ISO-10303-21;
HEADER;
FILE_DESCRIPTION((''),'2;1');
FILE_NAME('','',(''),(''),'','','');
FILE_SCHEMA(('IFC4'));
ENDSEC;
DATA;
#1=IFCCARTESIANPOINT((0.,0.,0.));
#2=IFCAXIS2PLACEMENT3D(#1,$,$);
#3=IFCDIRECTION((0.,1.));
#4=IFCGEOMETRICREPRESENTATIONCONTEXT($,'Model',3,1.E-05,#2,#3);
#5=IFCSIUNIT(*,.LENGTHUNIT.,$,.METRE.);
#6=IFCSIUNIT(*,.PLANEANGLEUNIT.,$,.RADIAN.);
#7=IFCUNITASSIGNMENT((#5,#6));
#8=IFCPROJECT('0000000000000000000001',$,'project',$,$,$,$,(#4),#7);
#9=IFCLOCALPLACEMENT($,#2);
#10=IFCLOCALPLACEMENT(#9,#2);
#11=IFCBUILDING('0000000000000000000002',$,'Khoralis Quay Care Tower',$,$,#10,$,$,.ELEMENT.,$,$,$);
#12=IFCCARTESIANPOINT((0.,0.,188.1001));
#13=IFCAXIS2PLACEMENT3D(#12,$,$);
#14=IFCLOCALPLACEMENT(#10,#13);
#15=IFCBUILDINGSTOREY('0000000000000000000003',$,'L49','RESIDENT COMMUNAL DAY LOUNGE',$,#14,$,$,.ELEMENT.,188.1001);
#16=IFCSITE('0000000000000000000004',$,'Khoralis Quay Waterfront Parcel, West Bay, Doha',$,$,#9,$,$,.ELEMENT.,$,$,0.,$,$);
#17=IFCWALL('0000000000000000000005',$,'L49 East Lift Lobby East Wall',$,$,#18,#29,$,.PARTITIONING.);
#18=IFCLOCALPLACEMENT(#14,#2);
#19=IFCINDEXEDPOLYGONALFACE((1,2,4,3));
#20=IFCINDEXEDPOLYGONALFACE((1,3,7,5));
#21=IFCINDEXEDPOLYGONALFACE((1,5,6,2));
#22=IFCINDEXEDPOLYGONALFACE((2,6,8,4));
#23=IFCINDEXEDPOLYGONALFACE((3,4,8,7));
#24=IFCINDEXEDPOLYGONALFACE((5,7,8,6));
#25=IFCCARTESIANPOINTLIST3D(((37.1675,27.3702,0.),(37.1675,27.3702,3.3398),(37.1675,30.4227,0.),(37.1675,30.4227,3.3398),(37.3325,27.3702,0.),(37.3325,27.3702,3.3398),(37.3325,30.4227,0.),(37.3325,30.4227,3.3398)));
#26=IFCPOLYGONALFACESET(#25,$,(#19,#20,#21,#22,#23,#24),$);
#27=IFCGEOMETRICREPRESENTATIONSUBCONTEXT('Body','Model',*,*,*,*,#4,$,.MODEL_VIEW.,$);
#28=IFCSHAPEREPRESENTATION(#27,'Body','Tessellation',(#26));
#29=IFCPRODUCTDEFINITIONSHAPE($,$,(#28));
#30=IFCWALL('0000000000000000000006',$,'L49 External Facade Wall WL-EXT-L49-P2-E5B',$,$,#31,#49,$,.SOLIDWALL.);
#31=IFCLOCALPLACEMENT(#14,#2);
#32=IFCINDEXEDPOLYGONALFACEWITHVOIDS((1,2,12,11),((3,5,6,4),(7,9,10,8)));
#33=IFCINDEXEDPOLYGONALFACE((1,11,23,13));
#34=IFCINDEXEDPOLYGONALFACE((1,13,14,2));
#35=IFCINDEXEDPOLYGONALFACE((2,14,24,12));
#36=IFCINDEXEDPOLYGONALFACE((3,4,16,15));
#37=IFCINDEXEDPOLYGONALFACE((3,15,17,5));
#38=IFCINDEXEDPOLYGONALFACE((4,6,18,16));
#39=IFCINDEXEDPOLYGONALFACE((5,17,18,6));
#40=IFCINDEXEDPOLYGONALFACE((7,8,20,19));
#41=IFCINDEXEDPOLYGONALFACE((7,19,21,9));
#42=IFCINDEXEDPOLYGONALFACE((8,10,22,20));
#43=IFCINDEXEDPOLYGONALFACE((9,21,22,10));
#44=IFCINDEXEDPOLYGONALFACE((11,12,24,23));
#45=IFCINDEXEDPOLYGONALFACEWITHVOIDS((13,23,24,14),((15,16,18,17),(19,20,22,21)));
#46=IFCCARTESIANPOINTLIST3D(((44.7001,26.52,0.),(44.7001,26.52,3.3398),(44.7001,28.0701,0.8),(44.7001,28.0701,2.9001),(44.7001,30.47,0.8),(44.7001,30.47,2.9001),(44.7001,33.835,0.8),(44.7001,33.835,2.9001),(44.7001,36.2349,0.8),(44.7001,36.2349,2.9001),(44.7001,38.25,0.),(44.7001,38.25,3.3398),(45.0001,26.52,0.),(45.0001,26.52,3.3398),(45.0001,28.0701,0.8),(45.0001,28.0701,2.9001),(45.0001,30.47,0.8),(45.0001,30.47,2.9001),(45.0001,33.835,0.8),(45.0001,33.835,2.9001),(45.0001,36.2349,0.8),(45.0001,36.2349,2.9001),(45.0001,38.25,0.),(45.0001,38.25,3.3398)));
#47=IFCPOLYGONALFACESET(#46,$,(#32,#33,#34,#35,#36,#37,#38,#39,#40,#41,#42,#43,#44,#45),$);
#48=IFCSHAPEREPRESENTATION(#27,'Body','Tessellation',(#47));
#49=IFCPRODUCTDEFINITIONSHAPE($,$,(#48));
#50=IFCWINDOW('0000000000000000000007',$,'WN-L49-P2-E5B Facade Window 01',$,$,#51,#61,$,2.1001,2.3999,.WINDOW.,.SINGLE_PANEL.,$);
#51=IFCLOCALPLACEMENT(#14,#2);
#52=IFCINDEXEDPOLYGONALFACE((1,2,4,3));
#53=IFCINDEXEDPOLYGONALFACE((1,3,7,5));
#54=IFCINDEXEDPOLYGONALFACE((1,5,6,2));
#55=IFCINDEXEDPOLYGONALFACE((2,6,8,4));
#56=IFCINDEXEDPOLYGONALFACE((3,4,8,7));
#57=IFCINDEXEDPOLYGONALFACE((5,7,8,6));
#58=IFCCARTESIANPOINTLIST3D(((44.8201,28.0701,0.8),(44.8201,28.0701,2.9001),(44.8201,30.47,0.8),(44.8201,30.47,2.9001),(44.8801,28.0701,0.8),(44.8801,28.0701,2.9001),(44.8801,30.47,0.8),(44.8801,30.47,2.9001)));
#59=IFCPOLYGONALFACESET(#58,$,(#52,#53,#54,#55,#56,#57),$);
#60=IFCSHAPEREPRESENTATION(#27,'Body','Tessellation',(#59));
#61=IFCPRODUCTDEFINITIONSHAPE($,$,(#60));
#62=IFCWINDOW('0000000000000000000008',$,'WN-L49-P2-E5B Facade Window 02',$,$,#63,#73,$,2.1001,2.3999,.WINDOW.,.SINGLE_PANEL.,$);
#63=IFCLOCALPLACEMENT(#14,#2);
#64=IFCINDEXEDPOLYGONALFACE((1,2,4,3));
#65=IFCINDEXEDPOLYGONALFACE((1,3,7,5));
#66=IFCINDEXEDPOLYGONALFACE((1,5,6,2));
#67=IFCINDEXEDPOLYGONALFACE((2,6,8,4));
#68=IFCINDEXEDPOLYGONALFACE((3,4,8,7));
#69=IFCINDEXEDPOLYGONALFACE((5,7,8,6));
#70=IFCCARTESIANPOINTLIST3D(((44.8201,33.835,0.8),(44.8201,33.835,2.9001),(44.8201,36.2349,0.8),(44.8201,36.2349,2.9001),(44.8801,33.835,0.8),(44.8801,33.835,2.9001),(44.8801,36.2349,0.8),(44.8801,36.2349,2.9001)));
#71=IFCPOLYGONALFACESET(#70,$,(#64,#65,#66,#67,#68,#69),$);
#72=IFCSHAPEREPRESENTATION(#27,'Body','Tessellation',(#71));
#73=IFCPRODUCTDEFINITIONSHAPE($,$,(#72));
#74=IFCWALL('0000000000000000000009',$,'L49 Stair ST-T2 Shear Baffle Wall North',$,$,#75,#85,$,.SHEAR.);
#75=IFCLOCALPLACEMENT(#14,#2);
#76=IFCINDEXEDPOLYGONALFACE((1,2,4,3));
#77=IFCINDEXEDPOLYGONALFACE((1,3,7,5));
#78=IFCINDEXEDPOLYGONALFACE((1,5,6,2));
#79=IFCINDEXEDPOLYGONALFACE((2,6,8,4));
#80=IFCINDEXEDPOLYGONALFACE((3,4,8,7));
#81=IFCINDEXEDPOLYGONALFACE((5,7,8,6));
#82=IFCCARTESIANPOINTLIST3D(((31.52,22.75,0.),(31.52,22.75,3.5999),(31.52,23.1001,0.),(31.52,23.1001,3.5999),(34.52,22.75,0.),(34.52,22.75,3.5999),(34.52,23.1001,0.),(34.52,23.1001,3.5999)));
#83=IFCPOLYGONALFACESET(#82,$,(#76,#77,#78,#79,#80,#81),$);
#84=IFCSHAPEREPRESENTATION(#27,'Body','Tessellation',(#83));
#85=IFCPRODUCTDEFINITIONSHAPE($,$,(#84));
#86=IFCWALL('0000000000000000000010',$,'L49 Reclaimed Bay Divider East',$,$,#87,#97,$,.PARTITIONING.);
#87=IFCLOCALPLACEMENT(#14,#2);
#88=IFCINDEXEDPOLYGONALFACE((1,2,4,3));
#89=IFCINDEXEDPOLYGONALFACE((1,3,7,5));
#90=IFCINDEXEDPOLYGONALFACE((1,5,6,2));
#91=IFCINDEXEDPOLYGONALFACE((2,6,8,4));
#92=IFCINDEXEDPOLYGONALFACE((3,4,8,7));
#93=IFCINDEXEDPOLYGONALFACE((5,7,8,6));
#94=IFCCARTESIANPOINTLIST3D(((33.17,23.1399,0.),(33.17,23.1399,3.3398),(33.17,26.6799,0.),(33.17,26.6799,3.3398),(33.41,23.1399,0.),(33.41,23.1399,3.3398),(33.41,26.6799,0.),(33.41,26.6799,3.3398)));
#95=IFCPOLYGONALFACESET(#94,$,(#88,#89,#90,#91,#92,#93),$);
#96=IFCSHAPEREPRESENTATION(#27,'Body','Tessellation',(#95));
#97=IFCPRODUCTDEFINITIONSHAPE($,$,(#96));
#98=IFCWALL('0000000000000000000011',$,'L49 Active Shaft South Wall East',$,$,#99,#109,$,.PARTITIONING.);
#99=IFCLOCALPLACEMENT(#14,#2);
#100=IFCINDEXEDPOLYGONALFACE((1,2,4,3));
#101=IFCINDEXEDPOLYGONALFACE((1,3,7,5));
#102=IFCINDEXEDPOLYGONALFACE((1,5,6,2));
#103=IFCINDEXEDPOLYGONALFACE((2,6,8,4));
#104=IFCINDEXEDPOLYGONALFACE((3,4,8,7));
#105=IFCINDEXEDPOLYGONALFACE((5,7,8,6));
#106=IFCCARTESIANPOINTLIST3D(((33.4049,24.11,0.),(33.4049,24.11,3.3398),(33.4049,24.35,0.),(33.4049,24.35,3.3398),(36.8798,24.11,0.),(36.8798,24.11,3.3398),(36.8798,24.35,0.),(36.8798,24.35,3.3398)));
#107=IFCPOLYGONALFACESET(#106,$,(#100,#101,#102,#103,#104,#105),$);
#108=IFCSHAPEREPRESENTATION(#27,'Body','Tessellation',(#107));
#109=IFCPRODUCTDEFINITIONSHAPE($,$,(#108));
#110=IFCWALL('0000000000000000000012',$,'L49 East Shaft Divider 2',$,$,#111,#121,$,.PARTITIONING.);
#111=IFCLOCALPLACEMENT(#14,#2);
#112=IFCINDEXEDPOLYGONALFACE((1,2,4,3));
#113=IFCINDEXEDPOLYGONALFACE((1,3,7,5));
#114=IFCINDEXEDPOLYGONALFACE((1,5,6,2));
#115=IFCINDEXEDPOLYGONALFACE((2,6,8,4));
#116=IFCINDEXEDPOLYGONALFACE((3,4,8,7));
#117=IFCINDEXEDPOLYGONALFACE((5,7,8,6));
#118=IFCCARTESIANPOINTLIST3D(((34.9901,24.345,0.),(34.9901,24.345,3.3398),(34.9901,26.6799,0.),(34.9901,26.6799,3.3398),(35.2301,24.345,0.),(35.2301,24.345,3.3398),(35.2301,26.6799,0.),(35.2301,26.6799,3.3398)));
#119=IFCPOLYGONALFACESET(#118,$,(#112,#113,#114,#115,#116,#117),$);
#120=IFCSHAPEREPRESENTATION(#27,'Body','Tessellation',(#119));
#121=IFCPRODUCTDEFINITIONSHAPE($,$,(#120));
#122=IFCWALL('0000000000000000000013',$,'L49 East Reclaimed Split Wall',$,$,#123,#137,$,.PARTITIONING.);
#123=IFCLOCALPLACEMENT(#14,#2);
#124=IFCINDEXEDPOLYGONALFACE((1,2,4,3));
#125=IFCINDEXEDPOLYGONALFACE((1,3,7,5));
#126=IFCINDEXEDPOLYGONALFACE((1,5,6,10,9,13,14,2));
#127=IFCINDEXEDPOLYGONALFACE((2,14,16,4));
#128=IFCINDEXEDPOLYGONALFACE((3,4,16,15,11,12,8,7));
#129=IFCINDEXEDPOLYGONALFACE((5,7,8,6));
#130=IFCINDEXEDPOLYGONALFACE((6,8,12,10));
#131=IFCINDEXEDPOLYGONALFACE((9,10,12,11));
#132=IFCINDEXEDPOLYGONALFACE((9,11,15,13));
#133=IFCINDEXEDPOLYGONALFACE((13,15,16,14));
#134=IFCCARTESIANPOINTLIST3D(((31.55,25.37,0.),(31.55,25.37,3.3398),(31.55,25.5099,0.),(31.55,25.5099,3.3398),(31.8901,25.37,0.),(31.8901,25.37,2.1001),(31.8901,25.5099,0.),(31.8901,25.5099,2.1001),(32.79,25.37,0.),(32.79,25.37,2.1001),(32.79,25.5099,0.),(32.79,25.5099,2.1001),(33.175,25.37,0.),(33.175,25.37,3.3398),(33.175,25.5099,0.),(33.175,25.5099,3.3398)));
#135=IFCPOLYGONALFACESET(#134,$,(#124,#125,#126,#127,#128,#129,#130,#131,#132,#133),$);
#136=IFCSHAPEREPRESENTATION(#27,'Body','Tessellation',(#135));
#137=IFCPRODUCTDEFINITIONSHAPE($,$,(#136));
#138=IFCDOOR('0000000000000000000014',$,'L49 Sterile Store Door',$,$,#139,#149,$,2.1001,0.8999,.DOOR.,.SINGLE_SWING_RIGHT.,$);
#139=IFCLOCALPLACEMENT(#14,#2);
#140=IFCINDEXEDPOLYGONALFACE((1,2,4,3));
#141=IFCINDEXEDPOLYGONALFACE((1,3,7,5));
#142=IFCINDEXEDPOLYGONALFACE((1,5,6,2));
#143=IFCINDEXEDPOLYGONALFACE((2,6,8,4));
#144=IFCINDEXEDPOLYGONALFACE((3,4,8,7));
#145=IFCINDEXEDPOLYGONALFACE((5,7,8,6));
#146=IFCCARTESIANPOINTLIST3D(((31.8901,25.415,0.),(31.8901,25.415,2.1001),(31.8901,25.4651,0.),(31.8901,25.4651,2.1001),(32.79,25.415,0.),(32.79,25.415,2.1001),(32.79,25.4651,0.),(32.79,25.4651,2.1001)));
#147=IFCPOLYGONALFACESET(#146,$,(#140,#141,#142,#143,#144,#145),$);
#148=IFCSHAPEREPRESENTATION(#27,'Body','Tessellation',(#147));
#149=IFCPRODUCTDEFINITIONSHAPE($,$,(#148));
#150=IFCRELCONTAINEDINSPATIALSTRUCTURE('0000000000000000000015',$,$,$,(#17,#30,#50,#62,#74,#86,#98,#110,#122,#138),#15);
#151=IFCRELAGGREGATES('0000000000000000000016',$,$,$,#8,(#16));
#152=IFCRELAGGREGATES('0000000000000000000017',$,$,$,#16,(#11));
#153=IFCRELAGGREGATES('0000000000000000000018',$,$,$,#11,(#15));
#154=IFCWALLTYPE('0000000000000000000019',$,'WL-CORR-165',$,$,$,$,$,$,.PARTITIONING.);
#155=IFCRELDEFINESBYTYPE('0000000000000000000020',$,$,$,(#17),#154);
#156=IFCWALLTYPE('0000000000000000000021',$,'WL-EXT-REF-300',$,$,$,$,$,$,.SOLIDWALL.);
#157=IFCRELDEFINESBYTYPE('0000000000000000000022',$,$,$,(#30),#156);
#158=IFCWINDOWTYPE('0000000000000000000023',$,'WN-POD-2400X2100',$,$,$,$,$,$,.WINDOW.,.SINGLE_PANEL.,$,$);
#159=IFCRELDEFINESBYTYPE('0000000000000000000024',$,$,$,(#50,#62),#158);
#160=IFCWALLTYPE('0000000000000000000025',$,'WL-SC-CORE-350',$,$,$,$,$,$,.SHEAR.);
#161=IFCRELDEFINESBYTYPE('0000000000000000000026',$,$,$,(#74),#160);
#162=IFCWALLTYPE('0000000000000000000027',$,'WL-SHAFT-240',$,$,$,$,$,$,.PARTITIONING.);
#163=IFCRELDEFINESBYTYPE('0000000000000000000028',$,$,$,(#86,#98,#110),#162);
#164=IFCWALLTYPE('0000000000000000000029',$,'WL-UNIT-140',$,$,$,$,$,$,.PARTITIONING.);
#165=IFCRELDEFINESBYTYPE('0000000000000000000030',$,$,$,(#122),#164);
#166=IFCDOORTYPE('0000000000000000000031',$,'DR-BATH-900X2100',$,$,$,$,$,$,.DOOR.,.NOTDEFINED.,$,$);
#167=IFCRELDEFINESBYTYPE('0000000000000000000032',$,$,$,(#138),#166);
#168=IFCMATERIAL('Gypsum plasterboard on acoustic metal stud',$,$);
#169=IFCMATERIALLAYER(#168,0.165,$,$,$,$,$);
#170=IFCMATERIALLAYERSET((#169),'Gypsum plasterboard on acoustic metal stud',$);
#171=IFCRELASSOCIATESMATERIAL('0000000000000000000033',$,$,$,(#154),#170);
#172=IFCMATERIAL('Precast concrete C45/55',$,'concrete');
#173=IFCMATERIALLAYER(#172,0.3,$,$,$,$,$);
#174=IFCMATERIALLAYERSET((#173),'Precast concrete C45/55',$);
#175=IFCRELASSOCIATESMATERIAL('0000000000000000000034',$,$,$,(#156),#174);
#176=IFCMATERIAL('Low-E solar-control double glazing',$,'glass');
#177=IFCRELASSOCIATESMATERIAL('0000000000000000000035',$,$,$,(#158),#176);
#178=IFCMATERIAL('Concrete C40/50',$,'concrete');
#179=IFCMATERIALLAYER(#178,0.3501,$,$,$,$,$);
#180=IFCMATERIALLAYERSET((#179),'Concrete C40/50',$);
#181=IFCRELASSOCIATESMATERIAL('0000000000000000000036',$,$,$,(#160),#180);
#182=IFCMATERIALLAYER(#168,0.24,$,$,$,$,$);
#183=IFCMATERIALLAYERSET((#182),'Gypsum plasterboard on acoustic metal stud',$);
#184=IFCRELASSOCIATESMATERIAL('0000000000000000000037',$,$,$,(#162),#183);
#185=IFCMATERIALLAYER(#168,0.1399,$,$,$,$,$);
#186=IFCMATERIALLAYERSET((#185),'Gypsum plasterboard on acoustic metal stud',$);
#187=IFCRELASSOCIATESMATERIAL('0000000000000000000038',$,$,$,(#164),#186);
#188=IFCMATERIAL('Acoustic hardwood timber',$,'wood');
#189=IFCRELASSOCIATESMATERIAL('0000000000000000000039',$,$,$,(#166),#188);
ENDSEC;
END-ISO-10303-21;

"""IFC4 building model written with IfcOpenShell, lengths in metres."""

from ifc_helpers import new_model, si_unit, direction, frame, frame_2d, origin, place, context, subcontext, project, spatial, rectangle, extrude, source, transform, mapped, material, layer, layer_set, type_object, element, fill, save


model = new_model("IFC4")

# Units and contexts
model_context = context("Model", 3, precision=1e-05, world=origin(), true_north=direction((0.0, 1.0)))
body_context = subcontext(model_context, "Body", "Model", "MODEL_VIEW")
ifc_project = project(units=[si_unit("LENGTHUNIT", "METRE"), si_unit("PLANEANGLEUNIT", "RADIAN")], contexts=[model_context])

# Site, building, storey
site_placement = place(None, origin())
site = spatial("IfcSite", under=ifc_project, at=site_placement, Name="Khoralis Quay Waterfront Parcel, West Bay, Doha", CompositionType="ELEMENT", RefElevation=0.0)
building_placement = place(site_placement, origin())
building = spatial("IfcBuilding", under=site, at=building_placement, Name="Khoralis Quay Care Tower", CompositionType="ELEMENT")
storey_placement = place(building_placement, frame((0.0, 0.0, 188.1001)))
storey = spatial("IfcBuildingStorey", under=building, at=storey_placement, Name="L49", Description="RESIDENT COMMUNAL DAY LOUNGE", CompositionType="ELEMENT", Elevation=188.1001)

# Shared definitions
ifc_material_1 = material(Name="Low-E solar-control double glazing", Category="glass")

# Shared definitions
ifc_material_2 = material(Name="Acoustic hardwood timber", Category="wood")

# Wall
ifc_material_3 = material(Name="Gypsum plasterboard on acoustic metal stud")
ifc_layer_1 = layer(ifc_material_3, 0.165)
ifc_layer_set_1 = layer_set([ifc_layer_1], Name="Gypsum plasterboard on acoustic metal stud")
wall_type_1 = type_object("IfcWallType", Name="WL-CORR-165", PredefinedType="PARTITIONING", material=ifc_layer_set_1)
wall_1_placement = place(storey_placement, frame((37.25, 27.3701, 0.0), z_axis=(0.0, 0.0, 1.0), x_axis=(0.0, 1.0, 0.0)))
element("IfcWall", 1, at=wall_1_placement, inside=storey, type_object=wall_type_1, Name="L49 East Lift Lobby East Wall", PredefinedType="PARTITIONING", context=body_context, shape_type="SweptSolid", body=[
    extrude(rectangle(XDim=3.0525, YDim=0.165, at=frame_2d((1.5264, 0.0))), origin(), (0.0, 0.0, 1.0), 3.3398),
])

# Wall, openings, windows
ifc_material_4 = material(Name="Precast concrete C45/55", Category="concrete")
ifc_layer_2 = layer(ifc_material_4, 0.3)
ifc_layer_set_2 = layer_set([ifc_layer_2], Name="Precast concrete C45/55")
wall_type_2 = type_object("IfcWallType", Name="WL-EXT-REF-300", PredefinedType="SOLIDWALL", material=ifc_layer_set_2)
wall_2_placement = place(storey_placement, frame((44.8501, 26.52, 0.0), z_axis=(0.0, 0.0, 1.0), x_axis=(0.0, 1.0, 0.0)))
wall_2 = element("IfcWall", 2, at=wall_2_placement, inside=storey, type_object=wall_type_2, Name="L49 External Facade Wall WL-EXT-L49-P2-E5B", PredefinedType="SOLIDWALL", context=body_context, shape_type="SweptSolid", body=[
    extrude(rectangle(XDim=11.73, YDim=0.3, at=frame_2d((5.865, 0.0))), origin(), (0.0, 0.0, 1.0), 3.3398),
])
opening_1_placement = place(wall_2_placement, frame((1.55, 0.0, 0.8)))
opening_1 = element("IfcOpeningElement", 3, at=opening_1_placement, cuts=wall_2, PredefinedType="OPENING", context=body_context, shape_type="SweptSolid", body=[
    extrude(rectangle(XDim=2.3999, YDim=2.1001, at=frame_2d((1.2, 1.05))), frame((0.0, 0.1602, 0.0), z_axis=(0.0, -1.0, 0.0), x_axis=(1.0, 0.0, 0.0)), (0.0, 0.0, 1.0), 0.3201),
])
opening_2_placement = place(wall_2_placement, frame((7.3149, 0.0, 0.8)))
opening_2 = element("IfcOpeningElement", 4, at=opening_2_placement, cuts=wall_2, PredefinedType="OPENING", context=body_context, shape_type="SweptSolid", body=[
    extrude(rectangle(XDim=2.3999, YDim=2.1001, at=frame_2d((1.2, 1.05))), frame((0.0, 0.1602, 0.0), z_axis=(0.0, -1.0, 0.0), x_axis=(1.0, 0.0, 0.0)), (0.0, 0.0, 1.0), 0.3201),
])
window_type = type_object("IfcWindowType", Name="WN-POD-2400X2100", PartitioningType="SINGLE_PANEL", PredefinedType="WINDOW", material=ifc_material_1)
shared_shape_1 = source(origin(), body_context, "Body", "SweptSolid", [
    extrude(rectangle(XDim=2.3999, YDim=2.1001, at=frame_2d((1.2, 1.05))), frame((0.0, 0.03, 0.0), z_axis=(0.0, -1.0, 0.0), x_axis=(1.0, 0.0, 0.0)), (0.0, 0.0, 1.0), 0.0601),
])
window_1_placement = place(opening_1_placement, origin())
window_1 = element("IfcWindow", 5, at=window_1_placement, inside=storey, type_object=window_type, Name="WN-L49-P2-E5B Facade Window 01", OverallHeight=2.1001, OverallWidth=2.3999, PartitioningType="SINGLE_PANEL", PredefinedType="WINDOW", context=body_context, shape_type="MappedRepresentation", body=[
    mapped(shared_shape_1, transform((0.0, 0.0, 0.0), scale=1.0)),
])
fill(opening_1, window_1)
window_2_placement = place(opening_2_placement, origin())
window_2 = element("IfcWindow", 6, at=window_2_placement, inside=storey, type_object=window_type, Name="WN-L49-P2-E5B Facade Window 02", OverallHeight=2.1001, OverallWidth=2.3999, PartitioningType="SINGLE_PANEL", PredefinedType="WINDOW", context=body_context, shape_type="MappedRepresentation", body=[
    mapped(shared_shape_1, transform((0.0, 0.0, 0.0), scale=1.0)),
])
fill(opening_2, window_2)

# Walls
ifc_material_5 = material(Name="Concrete C40/50", Category="concrete")
ifc_layer_3 = layer(ifc_material_5, 0.3501)
ifc_layer_set_3 = layer_set([ifc_layer_3], Name="Concrete C40/50")
wall_type_3 = type_object("IfcWallType", Name="WL-SC-CORE-350", PredefinedType="SHEAR", material=ifc_layer_set_3)
wall_3_placement = place(storey_placement, frame((31.52, 22.925, 0.0), z_axis=(0.0, 0.0, 1.0), x_axis=(1.0, 0.0, 0.0)))
element("IfcWall", 7, at=wall_3_placement, inside=storey, type_object=wall_type_3, Name="L49 Stair ST-T2 Shear Baffle Wall North", PredefinedType="SHEAR", context=body_context, shape_type="SweptSolid", body=[
    extrude(rectangle(XDim=3.0, YDim=0.3501, at=frame_2d((1.5, 0.0))), origin(), (0.0, 0.0, 1.0), 3.5999),
])
ifc_layer_4 = layer(ifc_material_3, 0.24)
ifc_layer_set_4 = layer_set([ifc_layer_4], Name="Gypsum plasterboard on acoustic metal stud")
wall_type_4 = type_object("IfcWallType", Name="WL-SHAFT-240", PredefinedType="PARTITIONING", material=ifc_layer_set_4)
wall_4_placement = place(storey_placement, frame((33.29, 23.1399, 0.0), z_axis=(0.0, 0.0, 1.0), x_axis=(0.0, 1.0, 0.0)))
element("IfcWall", 8, at=wall_4_placement, inside=storey, type_object=wall_type_4, Name="L49 Reclaimed Bay Divider East", PredefinedType="PARTITIONING", context=body_context, shape_type="SweptSolid", body=[
    extrude(rectangle(XDim=3.54, YDim=0.24, at=frame_2d((1.77, 0.0))), origin(), (0.0, 0.0, 1.0), 3.3398),
])
wall_5_placement = place(storey_placement, frame((33.405, 24.23, 0.0), z_axis=(0.0, 0.0, 1.0), x_axis=(1.0, 0.0, 0.0)))
element("IfcWall", 9, at=wall_5_placement, inside=storey, type_object=wall_type_4, Name="L49 Active Shaft South Wall East", PredefinedType="PARTITIONING", context=body_context, shape_type="SweptSolid", body=[
    extrude(rectangle(XDim=3.4749, YDim=0.24, at=frame_2d((1.7373, 0.0))), origin(), (0.0, 0.0, 1.0), 3.3398),
])
wall_6_placement = place(storey_placement, frame((35.1101, 24.345, 0.0), z_axis=(0.0, 0.0, 1.0), x_axis=(0.0, 1.0, 0.0)))
element("IfcWall", 10, at=wall_6_placement, inside=storey, type_object=wall_type_4, Name="L49 East Shaft Divider 2", PredefinedType="PARTITIONING", context=body_context, shape_type="SweptSolid", body=[
    extrude(rectangle(XDim=2.335, YDim=0.24, at=frame_2d((1.1675, 0.0))), origin(), (0.0, 0.0, 1.0), 3.3398),
])

# Wall, opening, door
ifc_layer_5 = layer(ifc_material_3, 0.1399)
ifc_layer_set_5 = layer_set([ifc_layer_5], Name="Gypsum plasterboard on acoustic metal stud")
wall_type_5 = type_object("IfcWallType", Name="WL-UNIT-140", PredefinedType="PARTITIONING", material=ifc_layer_set_5)
wall_7_placement = place(storey_placement, frame((31.55, 25.4399, 0.0), z_axis=(0.0, 0.0, 1.0), x_axis=(1.0, 0.0, 0.0)))
wall_7 = element("IfcWall", 11, at=wall_7_placement, inside=storey, type_object=wall_type_5, Name="L49 East Reclaimed Split Wall", PredefinedType="PARTITIONING", context=body_context, shape_type="SweptSolid", body=[
    extrude(rectangle(XDim=1.625, YDim=0.1399, at=frame_2d((0.8125, 0.0))), origin(), (0.0, 0.0, 1.0), 3.3398),
])
opening_3_placement = place(wall_7_placement, frame((0.3401, 0.0, 0.0)))
opening_3 = element("IfcOpeningElement", 12, at=opening_3_placement, cuts=wall_7, PredefinedType="OPENING", context=body_context, shape_type="SweptSolid", body=[
    extrude(rectangle(XDim=0.8999, YDim=2.1001, at=frame_2d((0.45, 1.05))), frame((0.0, 0.0801, 0.0), z_axis=(0.0, -1.0, 0.0), x_axis=(1.0, 0.0, 0.0)), (0.0, 0.0, 1.0), 0.1599),
])
door_type_1 = type_object("IfcDoorType", Name="DR-BATH-900X2100", OperationType="NOTDEFINED", PredefinedType="DOOR", material=ifc_material_2)
shared_shape_2 = source(origin(), body_context, "Body", "SweptSolid", [
    extrude(rectangle(XDim=0.8999, YDim=2.1001, at=frame_2d((0.45, 1.05))), frame((0.0, 0.0249, 0.0), z_axis=(0.0, -1.0, 0.0), x_axis=(1.0, 0.0, 0.0)), (0.0, 0.0, 1.0), 0.05),
])
door_1_placement = place(opening_3_placement, frame((0.8999, 0.0, 0.0), z_axis=(0.0, 0.0, 1.0), x_axis=(-1.0, 0.0, 0.0)))
door_1 = element("IfcDoor", 13, at=door_1_placement, inside=storey, type_object=door_type_1, Name="L49 Sterile Store Door", OperationType="SINGLE_SWING_RIGHT", OverallHeight=2.1001, OverallWidth=0.8999, PredefinedType="DOOR", context=body_context, shape_type="MappedRepresentation", body=[
    mapped(shared_shape_2, transform((0.0, 0.0, 0.0), scale=1.0)),
])
fill(opening_3, door_1)

save(model, "model.ifc")
